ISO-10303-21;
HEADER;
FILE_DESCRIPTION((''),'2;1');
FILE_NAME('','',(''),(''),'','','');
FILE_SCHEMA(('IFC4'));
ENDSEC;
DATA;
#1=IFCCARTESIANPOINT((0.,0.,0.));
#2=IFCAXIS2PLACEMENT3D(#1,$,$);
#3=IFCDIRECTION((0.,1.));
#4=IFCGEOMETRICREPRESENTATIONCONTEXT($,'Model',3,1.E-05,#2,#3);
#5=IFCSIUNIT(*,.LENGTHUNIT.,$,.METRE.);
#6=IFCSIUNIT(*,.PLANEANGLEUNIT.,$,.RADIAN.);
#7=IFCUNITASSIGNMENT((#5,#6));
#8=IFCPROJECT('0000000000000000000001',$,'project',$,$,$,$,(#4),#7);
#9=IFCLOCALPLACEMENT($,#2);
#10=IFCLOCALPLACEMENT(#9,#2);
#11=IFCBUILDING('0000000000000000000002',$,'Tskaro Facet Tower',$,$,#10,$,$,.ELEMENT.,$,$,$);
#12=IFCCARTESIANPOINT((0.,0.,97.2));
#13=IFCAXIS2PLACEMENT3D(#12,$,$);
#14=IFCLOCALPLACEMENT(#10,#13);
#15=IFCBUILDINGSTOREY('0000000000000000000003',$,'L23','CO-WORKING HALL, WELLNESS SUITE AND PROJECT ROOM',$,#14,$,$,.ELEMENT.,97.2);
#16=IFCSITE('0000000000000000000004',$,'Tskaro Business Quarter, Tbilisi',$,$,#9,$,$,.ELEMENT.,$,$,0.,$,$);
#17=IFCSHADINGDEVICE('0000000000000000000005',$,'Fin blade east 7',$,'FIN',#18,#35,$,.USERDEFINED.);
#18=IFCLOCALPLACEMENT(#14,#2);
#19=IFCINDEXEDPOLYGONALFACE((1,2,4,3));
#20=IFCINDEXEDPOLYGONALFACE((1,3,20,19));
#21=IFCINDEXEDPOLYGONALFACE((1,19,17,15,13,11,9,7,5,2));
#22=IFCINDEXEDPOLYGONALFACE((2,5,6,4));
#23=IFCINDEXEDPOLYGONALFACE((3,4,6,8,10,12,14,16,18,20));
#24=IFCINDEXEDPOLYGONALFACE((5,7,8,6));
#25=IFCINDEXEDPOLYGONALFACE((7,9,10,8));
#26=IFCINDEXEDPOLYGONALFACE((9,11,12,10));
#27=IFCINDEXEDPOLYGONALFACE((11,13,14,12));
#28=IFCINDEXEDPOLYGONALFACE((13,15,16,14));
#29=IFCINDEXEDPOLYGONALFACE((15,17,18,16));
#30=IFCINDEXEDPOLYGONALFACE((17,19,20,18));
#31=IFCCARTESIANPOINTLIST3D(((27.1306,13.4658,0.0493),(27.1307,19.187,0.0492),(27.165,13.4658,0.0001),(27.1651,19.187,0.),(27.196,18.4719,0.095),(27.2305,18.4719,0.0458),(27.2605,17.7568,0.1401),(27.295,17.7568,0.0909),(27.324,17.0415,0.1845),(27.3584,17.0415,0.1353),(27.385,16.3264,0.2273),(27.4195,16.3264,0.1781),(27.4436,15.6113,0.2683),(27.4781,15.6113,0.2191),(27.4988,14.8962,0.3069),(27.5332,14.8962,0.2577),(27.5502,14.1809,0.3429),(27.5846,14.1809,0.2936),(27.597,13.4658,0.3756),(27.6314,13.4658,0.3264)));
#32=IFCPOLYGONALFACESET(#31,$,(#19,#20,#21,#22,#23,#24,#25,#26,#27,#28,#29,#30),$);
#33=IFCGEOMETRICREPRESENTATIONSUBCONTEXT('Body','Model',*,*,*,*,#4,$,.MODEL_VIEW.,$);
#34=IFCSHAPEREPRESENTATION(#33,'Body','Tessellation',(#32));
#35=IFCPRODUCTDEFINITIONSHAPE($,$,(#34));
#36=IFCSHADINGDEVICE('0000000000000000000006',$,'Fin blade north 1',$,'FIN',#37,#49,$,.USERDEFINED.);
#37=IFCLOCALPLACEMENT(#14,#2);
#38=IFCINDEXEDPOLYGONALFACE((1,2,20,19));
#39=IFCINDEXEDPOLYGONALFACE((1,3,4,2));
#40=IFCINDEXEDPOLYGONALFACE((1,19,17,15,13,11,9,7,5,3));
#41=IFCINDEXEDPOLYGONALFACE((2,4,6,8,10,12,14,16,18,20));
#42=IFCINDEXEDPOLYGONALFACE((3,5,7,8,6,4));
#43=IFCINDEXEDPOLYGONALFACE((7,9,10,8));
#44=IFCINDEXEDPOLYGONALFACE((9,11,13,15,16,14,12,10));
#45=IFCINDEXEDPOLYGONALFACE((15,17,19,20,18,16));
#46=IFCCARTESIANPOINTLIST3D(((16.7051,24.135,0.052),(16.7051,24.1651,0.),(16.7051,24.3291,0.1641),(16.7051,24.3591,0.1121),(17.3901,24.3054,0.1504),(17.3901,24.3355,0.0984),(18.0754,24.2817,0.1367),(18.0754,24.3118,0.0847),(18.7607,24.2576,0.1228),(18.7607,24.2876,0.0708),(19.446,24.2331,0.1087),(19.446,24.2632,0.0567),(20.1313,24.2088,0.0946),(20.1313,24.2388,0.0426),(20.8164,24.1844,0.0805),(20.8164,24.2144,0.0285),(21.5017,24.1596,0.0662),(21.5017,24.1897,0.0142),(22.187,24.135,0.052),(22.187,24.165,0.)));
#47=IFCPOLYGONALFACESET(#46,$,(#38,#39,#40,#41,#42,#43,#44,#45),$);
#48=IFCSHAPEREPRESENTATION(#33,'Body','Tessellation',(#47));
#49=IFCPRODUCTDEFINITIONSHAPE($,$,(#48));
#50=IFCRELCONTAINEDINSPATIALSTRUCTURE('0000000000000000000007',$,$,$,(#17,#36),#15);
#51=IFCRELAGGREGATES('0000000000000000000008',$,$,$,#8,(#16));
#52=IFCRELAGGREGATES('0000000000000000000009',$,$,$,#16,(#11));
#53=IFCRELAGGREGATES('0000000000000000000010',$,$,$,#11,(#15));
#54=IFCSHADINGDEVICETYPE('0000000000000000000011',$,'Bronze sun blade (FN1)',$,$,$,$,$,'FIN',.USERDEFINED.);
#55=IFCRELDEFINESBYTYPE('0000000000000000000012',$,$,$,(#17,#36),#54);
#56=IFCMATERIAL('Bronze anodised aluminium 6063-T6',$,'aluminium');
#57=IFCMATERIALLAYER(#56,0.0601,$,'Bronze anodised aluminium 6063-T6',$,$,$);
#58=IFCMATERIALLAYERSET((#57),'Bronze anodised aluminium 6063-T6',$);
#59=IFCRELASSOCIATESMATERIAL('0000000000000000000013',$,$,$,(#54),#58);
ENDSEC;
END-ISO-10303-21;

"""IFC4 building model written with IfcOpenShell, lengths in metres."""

from ifc_helpers import new_model, si_unit, direction, frame, origin, place, context, subcontext, project, spatial, polyline, outline, extrude, material, layer, layer_set, type_object, element, save


model = new_model("IFC4")

# Units and contexts
model_context = context("Model", 3, precision=1e-05, world=origin(), true_north=direction((0.0, 1.0)))
body_context = subcontext(model_context, "Body", "Model", "MODEL_VIEW")
ifc_project = project(units=[si_unit("LENGTHUNIT", "METRE"), si_unit("PLANEANGLEUNIT", "RADIAN")], contexts=[model_context])

# Site, building, storey
site_placement = place(None, origin())
site = spatial("IfcSite", under=ifc_project, at=site_placement, Name="Tskaro Business Quarter, Tbilisi", CompositionType="ELEMENT", RefElevation=0.0)
building_placement = place(site_placement, origin())
building = spatial("IfcBuilding", under=site, at=building_placement, Name="Tskaro Facet Tower", CompositionType="ELEMENT")
storey_placement = place(building_placement, frame((0.0, 0.0, 97.2)))
storey = spatial("IfcBuildingStorey", under=building, at=storey_placement, Name="L23", Description="CO-WORKING HALL, WELLNESS SUITE AND PROJECT ROOM", CompositionType="ELEMENT", Elevation=97.2)

# Shared definitions
ifc_material_1 = material(Name="Bronze anodised aluminium 6063-T6", Category="aluminium")

# Shading devices
ifc_layer_1 = layer(ifc_material_1, 0.0601, Name="Bronze anodised aluminium 6063-T6")
ifc_layer_set_1 = layer_set([ifc_layer_1], Name="Bronze anodised aluminium 6063-T6")
shading_device_type = type_object("IfcShadingDeviceType", Name="Bronze sun blade (FN1)", ElementType="FIN", PredefinedType="USERDEFINED", material=ifc_layer_set_1)
shading_device_1_placement = place(storey_placement, frame((27.1306, 13.4658, 0.0493), z_axis=(-0.573299, 0.000021, 0.819346), x_axis=(0.000012, 1.0, -0.000017)))
element("IfcShadingDevice", 1, at=shading_device_1_placement, inside=storey, type_object=shading_device_type, Name="Fin blade east 7", ObjectType="FIN", PredefinedType="USERDEFINED", context=body_context, shape_type="SweptSolid", body=[
    extrude(outline(polyline([(0.0, 0.0), (5.7212, 0.0), (5.0061, -0.0798), (4.291, -0.1585), (3.5757, -0.236), (2.8606, -0.3105), (2.1455, -0.382), (1.4304, -0.4493), (0.7151, -0.512), (0.0, -0.5692), (0.0, 0.0)])), origin(), (0.0, 0.0, -1.0), 0.0601),
])
shading_device_2_placement = place(storey_placement, frame((22.187, 24.135, 0.052), z_axis=(-0.000007, -0.500163, 0.865931), x_axis=(-1.0, 0.000004, -0.000006)))
element("IfcShadingDevice", 2, at=shading_device_2_placement, inside=storey, type_object=shading_device_type, Name="Fin blade north 1", ObjectType="FIN", PredefinedType="USERDEFINED", context=body_context, shape_type="SweptSolid", body=[
    extrude(outline(polyline([(0.0, 0.0), (5.4819, 0.0), (5.4819, -0.2241), (4.7969, -0.1968), (4.1116, -0.1694), (3.4263, -0.1415), (2.741, -0.1133), (2.0557, -0.0852), (1.3706, -0.057), (0.6853, -0.0284), (0.0, 0.0)])), origin(), (0.0, 0.0, -1.0), 0.0601),
])

save(model, "model.ifc")
